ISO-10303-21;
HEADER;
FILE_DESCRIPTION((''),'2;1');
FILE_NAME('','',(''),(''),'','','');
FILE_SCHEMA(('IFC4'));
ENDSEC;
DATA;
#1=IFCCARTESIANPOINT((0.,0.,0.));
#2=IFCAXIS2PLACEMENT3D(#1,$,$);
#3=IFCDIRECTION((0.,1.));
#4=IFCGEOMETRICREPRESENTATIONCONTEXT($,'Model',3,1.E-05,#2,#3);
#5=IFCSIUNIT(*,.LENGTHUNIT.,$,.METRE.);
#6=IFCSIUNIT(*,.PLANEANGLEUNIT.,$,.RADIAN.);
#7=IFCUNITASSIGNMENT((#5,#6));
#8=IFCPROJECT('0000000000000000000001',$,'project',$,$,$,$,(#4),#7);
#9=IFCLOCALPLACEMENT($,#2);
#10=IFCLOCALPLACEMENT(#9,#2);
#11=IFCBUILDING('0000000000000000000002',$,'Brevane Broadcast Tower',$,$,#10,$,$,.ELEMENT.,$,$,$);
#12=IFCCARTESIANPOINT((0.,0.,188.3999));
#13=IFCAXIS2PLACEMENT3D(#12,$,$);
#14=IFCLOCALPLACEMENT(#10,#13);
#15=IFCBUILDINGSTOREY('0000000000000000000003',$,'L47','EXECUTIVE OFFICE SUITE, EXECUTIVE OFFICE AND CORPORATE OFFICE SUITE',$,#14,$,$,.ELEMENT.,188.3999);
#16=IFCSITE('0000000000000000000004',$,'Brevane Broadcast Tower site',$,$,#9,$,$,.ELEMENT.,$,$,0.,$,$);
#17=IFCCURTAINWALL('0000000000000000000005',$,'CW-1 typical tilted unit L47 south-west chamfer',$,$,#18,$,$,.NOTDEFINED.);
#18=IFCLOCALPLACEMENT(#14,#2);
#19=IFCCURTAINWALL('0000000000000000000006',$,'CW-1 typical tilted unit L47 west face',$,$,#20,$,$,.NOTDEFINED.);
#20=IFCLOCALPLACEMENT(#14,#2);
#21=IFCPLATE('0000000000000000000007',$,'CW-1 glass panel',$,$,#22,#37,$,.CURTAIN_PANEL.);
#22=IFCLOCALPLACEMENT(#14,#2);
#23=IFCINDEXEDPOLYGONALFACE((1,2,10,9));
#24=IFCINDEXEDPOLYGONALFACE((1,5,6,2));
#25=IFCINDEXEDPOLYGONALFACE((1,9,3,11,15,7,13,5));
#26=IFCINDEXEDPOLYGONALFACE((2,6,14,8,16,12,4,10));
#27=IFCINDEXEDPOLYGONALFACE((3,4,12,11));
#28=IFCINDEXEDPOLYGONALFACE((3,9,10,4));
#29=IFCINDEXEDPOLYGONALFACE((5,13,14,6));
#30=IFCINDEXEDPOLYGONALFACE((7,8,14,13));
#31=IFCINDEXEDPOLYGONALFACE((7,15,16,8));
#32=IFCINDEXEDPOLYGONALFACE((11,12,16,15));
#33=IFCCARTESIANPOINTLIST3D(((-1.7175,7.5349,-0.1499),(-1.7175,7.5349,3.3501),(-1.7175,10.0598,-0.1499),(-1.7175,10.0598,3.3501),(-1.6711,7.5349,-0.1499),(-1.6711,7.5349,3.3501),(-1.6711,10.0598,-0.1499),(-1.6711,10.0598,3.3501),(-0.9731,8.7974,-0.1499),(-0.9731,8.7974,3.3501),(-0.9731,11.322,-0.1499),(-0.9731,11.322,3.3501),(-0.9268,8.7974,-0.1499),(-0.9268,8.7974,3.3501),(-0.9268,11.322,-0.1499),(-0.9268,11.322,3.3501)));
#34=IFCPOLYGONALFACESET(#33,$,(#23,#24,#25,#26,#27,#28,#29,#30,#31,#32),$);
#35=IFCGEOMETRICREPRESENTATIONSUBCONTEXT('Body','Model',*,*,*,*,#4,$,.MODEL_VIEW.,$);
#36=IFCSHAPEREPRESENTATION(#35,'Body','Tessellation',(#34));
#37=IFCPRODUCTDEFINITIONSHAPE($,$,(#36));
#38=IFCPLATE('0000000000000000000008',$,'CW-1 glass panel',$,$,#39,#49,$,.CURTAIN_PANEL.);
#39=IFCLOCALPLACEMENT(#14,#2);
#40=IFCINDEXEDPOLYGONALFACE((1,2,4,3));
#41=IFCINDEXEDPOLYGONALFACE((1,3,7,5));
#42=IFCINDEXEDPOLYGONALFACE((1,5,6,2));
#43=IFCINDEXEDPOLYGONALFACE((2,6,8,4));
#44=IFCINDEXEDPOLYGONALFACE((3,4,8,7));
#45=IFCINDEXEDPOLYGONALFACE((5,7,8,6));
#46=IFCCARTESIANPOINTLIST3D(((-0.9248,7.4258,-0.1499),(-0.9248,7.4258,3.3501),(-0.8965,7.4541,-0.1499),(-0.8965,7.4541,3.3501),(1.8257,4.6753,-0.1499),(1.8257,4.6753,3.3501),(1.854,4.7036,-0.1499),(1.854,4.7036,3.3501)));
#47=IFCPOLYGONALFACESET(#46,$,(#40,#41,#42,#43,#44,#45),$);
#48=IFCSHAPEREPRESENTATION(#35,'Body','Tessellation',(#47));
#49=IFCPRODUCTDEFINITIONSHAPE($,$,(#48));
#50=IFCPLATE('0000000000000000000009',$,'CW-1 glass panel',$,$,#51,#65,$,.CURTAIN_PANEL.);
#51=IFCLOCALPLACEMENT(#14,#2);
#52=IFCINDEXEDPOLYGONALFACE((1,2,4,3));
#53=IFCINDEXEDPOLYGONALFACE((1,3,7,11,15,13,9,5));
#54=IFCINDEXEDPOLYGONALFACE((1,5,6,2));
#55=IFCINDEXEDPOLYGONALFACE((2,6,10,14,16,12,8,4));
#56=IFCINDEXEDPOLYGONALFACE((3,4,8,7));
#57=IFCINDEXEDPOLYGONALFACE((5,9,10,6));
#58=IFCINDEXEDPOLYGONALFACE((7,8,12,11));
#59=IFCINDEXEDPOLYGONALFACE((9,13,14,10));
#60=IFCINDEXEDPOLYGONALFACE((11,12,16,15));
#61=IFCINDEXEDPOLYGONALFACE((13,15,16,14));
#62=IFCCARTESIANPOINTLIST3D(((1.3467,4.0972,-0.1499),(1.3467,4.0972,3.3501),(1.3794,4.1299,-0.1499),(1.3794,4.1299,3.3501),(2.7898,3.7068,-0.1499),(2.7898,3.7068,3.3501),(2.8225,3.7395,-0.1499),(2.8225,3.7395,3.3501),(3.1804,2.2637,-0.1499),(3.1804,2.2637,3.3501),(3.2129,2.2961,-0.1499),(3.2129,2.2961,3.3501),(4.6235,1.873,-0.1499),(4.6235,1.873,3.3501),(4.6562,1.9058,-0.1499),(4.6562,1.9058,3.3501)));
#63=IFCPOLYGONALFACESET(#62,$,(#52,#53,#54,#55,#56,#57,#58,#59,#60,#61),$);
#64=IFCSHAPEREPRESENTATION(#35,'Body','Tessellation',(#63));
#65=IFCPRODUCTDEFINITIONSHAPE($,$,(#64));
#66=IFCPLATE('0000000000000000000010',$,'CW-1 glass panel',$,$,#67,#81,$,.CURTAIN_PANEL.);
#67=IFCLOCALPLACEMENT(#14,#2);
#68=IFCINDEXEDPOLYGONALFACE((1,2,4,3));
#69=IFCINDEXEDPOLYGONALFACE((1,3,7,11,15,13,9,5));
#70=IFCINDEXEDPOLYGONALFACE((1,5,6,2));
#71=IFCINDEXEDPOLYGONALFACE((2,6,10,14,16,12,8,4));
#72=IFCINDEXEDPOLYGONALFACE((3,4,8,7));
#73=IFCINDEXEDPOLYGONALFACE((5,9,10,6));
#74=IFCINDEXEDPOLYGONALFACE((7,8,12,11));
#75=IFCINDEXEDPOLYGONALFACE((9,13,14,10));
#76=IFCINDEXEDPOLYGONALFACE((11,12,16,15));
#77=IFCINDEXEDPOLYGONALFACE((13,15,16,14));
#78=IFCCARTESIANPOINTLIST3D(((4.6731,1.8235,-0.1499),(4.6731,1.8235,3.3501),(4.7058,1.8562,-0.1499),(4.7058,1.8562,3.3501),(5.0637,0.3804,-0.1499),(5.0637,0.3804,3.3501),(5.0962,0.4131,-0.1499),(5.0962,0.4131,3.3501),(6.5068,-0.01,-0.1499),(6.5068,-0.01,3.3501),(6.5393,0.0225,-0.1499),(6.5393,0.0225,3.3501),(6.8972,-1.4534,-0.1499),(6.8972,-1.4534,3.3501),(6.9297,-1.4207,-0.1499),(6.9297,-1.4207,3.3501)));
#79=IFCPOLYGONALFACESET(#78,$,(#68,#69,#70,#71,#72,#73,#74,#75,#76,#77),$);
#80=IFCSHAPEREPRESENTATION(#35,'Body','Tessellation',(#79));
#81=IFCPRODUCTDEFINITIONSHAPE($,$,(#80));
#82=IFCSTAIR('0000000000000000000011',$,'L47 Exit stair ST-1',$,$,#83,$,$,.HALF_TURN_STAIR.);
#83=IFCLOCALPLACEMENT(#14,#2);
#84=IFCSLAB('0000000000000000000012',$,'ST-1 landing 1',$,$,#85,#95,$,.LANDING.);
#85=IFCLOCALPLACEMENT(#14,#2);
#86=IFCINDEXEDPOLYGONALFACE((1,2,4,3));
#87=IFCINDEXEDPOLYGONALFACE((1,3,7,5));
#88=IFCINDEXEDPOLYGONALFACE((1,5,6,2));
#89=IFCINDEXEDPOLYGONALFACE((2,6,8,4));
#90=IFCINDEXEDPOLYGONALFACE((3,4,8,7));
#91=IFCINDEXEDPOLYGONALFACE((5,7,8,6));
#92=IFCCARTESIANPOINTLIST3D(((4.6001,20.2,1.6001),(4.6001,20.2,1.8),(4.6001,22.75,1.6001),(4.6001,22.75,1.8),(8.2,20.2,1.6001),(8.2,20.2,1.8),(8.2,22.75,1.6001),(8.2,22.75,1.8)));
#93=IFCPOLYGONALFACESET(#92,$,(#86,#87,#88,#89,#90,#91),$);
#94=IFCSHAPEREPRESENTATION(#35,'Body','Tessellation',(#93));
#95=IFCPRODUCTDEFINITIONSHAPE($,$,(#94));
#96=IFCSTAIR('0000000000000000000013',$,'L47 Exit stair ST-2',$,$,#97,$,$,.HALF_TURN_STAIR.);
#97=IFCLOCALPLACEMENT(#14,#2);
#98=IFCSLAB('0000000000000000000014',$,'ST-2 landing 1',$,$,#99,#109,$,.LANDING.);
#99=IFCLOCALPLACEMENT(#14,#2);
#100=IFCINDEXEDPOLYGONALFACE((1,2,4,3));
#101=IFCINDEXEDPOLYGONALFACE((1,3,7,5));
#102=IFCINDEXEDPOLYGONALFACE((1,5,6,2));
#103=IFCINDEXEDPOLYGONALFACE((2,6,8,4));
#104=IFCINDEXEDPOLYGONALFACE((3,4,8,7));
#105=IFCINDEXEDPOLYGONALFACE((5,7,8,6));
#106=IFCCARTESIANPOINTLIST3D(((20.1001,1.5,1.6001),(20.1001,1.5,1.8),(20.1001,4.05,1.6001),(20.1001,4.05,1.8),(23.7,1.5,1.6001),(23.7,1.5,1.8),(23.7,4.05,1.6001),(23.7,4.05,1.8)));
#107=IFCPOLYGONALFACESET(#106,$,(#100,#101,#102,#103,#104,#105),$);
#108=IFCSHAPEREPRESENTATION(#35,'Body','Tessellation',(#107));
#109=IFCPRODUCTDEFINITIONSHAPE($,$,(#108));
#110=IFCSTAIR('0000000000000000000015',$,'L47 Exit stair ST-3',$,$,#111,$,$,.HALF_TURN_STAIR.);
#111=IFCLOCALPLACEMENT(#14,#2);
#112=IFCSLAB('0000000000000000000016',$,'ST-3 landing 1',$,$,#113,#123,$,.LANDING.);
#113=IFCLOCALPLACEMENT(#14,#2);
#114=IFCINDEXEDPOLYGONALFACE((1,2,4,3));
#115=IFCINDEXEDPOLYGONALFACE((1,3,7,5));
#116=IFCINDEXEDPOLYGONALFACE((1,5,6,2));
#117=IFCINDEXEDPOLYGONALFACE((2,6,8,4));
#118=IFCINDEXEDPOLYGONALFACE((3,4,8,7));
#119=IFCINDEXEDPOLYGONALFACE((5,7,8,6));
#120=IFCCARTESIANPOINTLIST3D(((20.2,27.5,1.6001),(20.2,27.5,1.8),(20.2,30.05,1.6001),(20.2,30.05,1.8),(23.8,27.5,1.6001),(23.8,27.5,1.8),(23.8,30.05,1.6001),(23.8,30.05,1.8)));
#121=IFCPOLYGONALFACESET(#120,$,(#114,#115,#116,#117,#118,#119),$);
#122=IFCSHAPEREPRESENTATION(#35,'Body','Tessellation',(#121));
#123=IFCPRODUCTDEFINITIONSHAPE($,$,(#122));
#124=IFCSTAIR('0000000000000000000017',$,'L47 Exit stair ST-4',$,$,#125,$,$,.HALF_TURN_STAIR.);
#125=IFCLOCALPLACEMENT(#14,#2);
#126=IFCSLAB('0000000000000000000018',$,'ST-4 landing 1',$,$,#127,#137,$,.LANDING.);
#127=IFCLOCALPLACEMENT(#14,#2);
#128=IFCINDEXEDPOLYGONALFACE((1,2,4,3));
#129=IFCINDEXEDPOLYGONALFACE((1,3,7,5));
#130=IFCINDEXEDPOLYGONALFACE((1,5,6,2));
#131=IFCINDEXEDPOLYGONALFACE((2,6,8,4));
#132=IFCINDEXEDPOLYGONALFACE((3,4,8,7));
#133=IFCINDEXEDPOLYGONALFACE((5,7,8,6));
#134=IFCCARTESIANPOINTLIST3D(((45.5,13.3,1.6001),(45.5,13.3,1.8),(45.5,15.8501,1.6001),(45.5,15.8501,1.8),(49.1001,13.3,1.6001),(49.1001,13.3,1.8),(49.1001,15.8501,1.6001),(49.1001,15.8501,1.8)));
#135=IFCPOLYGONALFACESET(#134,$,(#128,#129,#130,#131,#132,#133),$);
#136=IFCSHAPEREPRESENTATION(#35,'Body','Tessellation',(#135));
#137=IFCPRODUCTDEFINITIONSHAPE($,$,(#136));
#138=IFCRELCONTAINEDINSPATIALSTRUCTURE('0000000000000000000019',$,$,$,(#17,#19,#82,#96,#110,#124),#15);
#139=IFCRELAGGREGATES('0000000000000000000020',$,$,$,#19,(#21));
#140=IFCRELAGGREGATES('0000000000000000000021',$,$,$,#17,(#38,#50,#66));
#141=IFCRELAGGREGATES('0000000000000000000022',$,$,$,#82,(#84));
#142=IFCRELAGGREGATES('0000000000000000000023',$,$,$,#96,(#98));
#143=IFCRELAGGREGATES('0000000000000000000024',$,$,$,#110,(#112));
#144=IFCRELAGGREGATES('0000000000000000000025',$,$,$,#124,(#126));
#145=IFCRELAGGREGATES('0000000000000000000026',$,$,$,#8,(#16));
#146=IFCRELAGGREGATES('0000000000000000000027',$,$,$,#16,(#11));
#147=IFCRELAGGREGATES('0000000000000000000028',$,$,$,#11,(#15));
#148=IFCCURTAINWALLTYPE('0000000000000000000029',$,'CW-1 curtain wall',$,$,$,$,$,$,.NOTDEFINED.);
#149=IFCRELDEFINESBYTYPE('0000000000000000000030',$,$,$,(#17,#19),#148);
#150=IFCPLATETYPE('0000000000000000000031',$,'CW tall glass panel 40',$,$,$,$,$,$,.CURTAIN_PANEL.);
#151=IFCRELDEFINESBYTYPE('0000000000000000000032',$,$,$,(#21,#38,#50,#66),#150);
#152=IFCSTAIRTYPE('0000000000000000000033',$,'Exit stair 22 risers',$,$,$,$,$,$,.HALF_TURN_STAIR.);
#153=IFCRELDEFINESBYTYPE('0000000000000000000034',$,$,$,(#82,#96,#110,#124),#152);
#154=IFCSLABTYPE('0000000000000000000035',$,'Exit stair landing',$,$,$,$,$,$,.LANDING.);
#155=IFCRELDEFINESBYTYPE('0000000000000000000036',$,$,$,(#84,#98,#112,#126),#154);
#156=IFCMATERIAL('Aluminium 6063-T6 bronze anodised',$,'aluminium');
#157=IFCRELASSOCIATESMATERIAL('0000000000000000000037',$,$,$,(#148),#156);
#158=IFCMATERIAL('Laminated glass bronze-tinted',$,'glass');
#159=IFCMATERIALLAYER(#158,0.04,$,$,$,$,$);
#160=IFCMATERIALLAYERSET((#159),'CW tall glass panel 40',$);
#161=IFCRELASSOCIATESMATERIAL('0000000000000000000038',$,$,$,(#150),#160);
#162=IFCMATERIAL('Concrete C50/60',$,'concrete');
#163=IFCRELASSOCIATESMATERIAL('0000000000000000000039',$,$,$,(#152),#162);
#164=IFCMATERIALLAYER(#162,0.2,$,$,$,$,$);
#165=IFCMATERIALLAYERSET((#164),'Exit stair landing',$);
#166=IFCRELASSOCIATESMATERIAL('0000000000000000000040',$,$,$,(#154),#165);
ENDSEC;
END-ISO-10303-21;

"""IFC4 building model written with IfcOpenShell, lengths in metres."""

from ifc_helpers import new_model, si_unit, direction, frame, origin, place, context, subcontext, project, spatial, polyline, outline, extrude, material, layer, layer_set, type_object, element, aggregate, save


model = new_model("IFC4")

# Units and contexts
model_context = context("Model", 3, precision=1e-05, world=origin(), true_north=direction((0.0, 1.0)))
body_context = subcontext(model_context, "Body", "Model", "MODEL_VIEW")
ifc_project = project(units=[si_unit("LENGTHUNIT", "METRE"), si_unit("PLANEANGLEUNIT", "RADIAN")], contexts=[model_context])

# Site, building, storey
site_placement = place(None, origin())
site = spatial("IfcSite", under=ifc_project, at=site_placement, Name="Brevane Broadcast Tower site", CompositionType="ELEMENT", RefElevation=0.0)
building_placement = place(site_placement, origin())
building = spatial("IfcBuilding", under=site, at=building_placement, Name="Brevane Broadcast Tower", CompositionType="ELEMENT")
storey_placement = place(building_placement, frame((0.0, 0.0, 188.3999)))
storey = spatial("IfcBuildingStorey", under=building, at=storey_placement, Name="L47", Description="EXECUTIVE OFFICE SUITE, EXECUTIVE OFFICE AND CORPORATE OFFICE SUITE", CompositionType="ELEMENT", Elevation=188.3999)

# Curtain wall
ifc_material_1 = material(Name="Aluminium 6063-T6 bronze anodised", Category="aluminium")
curtain_wall_type = type_object("IfcCurtainWallType", Name="CW-1 curtain wall", PredefinedType="NOTDEFINED", material=ifc_material_1)
curtain_wall_1_placement = place(storey_placement, origin())
curtain_wall_1 = element("IfcCurtainWall", 1, at=curtain_wall_1_placement, inside=storey, type_object=curtain_wall_type, Name="CW-1 typical tilted unit L47 south-west chamfer", PredefinedType="NOTDEFINED")

# Shared definitions
ifc_material_2 = material(Name="Laminated glass bronze-tinted", Category="glass")
ifc_layer_1 = layer(ifc_material_2, 0.04)
ifc_layer_set_1 = layer_set([ifc_layer_1], Name="CW tall glass panel 40")
plate_type = type_object("IfcPlateType", Name="CW tall glass panel 40", PredefinedType="CURTAIN_PANEL", material=ifc_layer_set_1)

# Curtain wall, plate
curtain_wall_2_placement = place(storey_placement, origin())
curtain_wall_2 = element("IfcCurtainWall", 2, at=curtain_wall_2_placement, inside=storey, type_object=curtain_wall_type, Name="CW-1 typical tilted unit L47 west face", PredefinedType="NOTDEFINED")
plate_1_placement = place(storey_placement, frame((0.0, 0.0, -0.1499)))
plate_1 = element("IfcPlate", 3, at=plate_1_placement, type_object=plate_type, Name="CW-1 glass panel", PredefinedType="CURTAIN_PANEL", context=body_context, shape_type="SweptSolid", body=[
    extrude(outline(polyline([(-0.9268, 11.322), (-0.9731, 11.322), (-1.7175, 10.0598), (-0.9731, 8.7974), (-1.7175, 7.5349), (-1.6711, 7.5349), (-0.9268, 8.7974), (-1.6711, 10.0598), (-0.9268, 11.322)])), origin(), (0.0, 0.0, 1.0), 3.5),
])
aggregate(curtain_wall_2, [plate_1])

# Plates
plate_2_placement = place(storey_placement, frame((0.0, 0.0, -0.1499)))
plate_2 = element("IfcPlate", 4, at=plate_2_placement, type_object=plate_type, Name="CW-1 glass panel", PredefinedType="CURTAIN_PANEL", context=body_context, shape_type="SweptSolid", body=[
    extrude(outline(polyline([(-0.8965, 7.4541), (1.854, 4.7036), (1.8257, 4.6753), (-0.9248, 7.4258), (-0.8965, 7.4541)])), origin(), (0.0, 0.0, 1.0), 3.5),
])
plate_3_placement = place(storey_placement, frame((0.0, 0.0, -0.1499)))
plate_3 = element("IfcPlate", 5, at=plate_3_placement, type_object=plate_type, Name="CW-1 glass panel", PredefinedType="CURTAIN_PANEL", context=body_context, shape_type="SweptSolid", body=[
    extrude(outline(polyline([(1.3794, 4.1299), (1.3467, 4.0972), (2.7898, 3.7068), (3.1804, 2.2637), (4.6235, 1.873), (4.6562, 1.9058), (3.2129, 2.2961), (2.8225, 3.7395), (1.3794, 4.1299)])), origin(), (0.0, 0.0, 1.0), 3.5),
])
plate_4_placement = place(storey_placement, frame((0.0, 0.0, -0.1499)))
plate_4 = element("IfcPlate", 6, at=plate_4_placement, type_object=plate_type, Name="CW-1 glass panel", PredefinedType="CURTAIN_PANEL", context=body_context, shape_type="SweptSolid", body=[
    extrude(outline(polyline([(4.7058, 1.8562), (4.6731, 1.8235), (5.0637, 0.3804), (6.5068, -0.01), (6.8972, -1.4534), (6.9297, -1.4207), (6.5393, 0.0225), (5.0962, 0.4131), (4.7058, 1.8562)])), origin(), (0.0, 0.0, 1.0), 3.5),
])
aggregate(curtain_wall_1, [plate_2, plate_3, plate_4])

# Stairs, slabs
ifc_material_3 = material(Name="Concrete C50/60", Category="concrete")
stair_type = type_object("IfcStairType", Name="Exit stair 22 risers", PredefinedType="HALF_TURN_STAIR", material=ifc_material_3)
stair_1_placement = place(storey_placement, origin())
stair_1 = element("IfcStair", 7, at=stair_1_placement, inside=storey, type_object=stair_type, Name="L47 Exit stair ST-1", PredefinedType="HALF_TURN_STAIR")
ifc_layer_2 = layer(ifc_material_3, 0.2)
ifc_layer_set_2 = layer_set([ifc_layer_2], Name="Exit stair landing")
slab_type_1 = type_object("IfcSlabType", Name="Exit stair landing", PredefinedType="LANDING", material=ifc_layer_set_2)
slab_1_placement = place(storey_placement, frame((0.0, 0.0, 1.6001)))
slab_1 = element("IfcSlab", 8, at=slab_1_placement, type_object=slab_type_1, Name="ST-1 landing 1", PredefinedType="LANDING", context=body_context, shape_type="SweptSolid", body=[
    extrude(outline(polyline([(4.6001, 20.2), (8.2, 20.2), (8.2, 22.75), (4.6001, 22.75), (4.6001, 20.2)])), origin(), (0.0, 0.0, 1.0), 0.2),
])
aggregate(stair_1, [slab_1])
stair_2_placement = place(storey_placement, origin())
stair_2 = element("IfcStair", 9, at=stair_2_placement, inside=storey, type_object=stair_type, Name="L47 Exit stair ST-2", PredefinedType="HALF_TURN_STAIR")
slab_2_placement = place(storey_placement, frame((0.0, 0.0, 1.6001)))
slab_2 = element("IfcSlab", 10, at=slab_2_placement, type_object=slab_type_1, Name="ST-2 landing 1", PredefinedType="LANDING", context=body_context, shape_type="SweptSolid", body=[
    extrude(outline(polyline([(20.1001, 1.5), (23.7, 1.5), (23.7, 4.05), (20.1001, 4.05), (20.1001, 1.5)])), origin(), (0.0, 0.0, 1.0), 0.2),
])
aggregate(stair_2, [slab_2])
stair_3_placement = place(storey_placement, origin())
stair_3 = element("IfcStair", 11, at=stair_3_placement, inside=storey, type_object=stair_type, Name="L47 Exit stair ST-3", PredefinedType="HALF_TURN_STAIR")
slab_3_placement = place(storey_placement, frame((0.0, 0.0, 1.6001)))
slab_3 = element("IfcSlab", 12, at=slab_3_placement, type_object=slab_type_1, Name="ST-3 landing 1", PredefinedType="LANDING", context=body_context, shape_type="SweptSolid", body=[
    extrude(outline(polyline([(20.2, 27.5), (23.8, 27.5), (23.8, 30.05), (20.2, 30.05), (20.2, 27.5)])), origin(), (0.0, 0.0, 1.0), 0.2),
])
aggregate(stair_3, [slab_3])
stair_4_placement = place(storey_placement, origin())
stair_4 = element("IfcStair", 13, at=stair_4_placement, inside=storey, type_object=stair_type, Name="L47 Exit stair ST-4", PredefinedType="HALF_TURN_STAIR")
slab_4_placement = place(storey_placement, frame((0.0, 0.0, 1.6001)))
slab_4 = element("IfcSlab", 14, at=slab_4_placement, type_object=slab_type_1, Name="ST-4 landing 1", PredefinedType="LANDING", context=body_context, shape_type="SweptSolid", body=[
    extrude(outline(polyline([(45.5, 13.3), (49.1001, 13.3), (49.1001, 15.8501), (45.5, 15.8501), (45.5, 13.3)])), origin(), (0.0, 0.0, 1.0), 0.2),
])
aggregate(stair_4, [slab_4])

save(model, "model.ifc")
